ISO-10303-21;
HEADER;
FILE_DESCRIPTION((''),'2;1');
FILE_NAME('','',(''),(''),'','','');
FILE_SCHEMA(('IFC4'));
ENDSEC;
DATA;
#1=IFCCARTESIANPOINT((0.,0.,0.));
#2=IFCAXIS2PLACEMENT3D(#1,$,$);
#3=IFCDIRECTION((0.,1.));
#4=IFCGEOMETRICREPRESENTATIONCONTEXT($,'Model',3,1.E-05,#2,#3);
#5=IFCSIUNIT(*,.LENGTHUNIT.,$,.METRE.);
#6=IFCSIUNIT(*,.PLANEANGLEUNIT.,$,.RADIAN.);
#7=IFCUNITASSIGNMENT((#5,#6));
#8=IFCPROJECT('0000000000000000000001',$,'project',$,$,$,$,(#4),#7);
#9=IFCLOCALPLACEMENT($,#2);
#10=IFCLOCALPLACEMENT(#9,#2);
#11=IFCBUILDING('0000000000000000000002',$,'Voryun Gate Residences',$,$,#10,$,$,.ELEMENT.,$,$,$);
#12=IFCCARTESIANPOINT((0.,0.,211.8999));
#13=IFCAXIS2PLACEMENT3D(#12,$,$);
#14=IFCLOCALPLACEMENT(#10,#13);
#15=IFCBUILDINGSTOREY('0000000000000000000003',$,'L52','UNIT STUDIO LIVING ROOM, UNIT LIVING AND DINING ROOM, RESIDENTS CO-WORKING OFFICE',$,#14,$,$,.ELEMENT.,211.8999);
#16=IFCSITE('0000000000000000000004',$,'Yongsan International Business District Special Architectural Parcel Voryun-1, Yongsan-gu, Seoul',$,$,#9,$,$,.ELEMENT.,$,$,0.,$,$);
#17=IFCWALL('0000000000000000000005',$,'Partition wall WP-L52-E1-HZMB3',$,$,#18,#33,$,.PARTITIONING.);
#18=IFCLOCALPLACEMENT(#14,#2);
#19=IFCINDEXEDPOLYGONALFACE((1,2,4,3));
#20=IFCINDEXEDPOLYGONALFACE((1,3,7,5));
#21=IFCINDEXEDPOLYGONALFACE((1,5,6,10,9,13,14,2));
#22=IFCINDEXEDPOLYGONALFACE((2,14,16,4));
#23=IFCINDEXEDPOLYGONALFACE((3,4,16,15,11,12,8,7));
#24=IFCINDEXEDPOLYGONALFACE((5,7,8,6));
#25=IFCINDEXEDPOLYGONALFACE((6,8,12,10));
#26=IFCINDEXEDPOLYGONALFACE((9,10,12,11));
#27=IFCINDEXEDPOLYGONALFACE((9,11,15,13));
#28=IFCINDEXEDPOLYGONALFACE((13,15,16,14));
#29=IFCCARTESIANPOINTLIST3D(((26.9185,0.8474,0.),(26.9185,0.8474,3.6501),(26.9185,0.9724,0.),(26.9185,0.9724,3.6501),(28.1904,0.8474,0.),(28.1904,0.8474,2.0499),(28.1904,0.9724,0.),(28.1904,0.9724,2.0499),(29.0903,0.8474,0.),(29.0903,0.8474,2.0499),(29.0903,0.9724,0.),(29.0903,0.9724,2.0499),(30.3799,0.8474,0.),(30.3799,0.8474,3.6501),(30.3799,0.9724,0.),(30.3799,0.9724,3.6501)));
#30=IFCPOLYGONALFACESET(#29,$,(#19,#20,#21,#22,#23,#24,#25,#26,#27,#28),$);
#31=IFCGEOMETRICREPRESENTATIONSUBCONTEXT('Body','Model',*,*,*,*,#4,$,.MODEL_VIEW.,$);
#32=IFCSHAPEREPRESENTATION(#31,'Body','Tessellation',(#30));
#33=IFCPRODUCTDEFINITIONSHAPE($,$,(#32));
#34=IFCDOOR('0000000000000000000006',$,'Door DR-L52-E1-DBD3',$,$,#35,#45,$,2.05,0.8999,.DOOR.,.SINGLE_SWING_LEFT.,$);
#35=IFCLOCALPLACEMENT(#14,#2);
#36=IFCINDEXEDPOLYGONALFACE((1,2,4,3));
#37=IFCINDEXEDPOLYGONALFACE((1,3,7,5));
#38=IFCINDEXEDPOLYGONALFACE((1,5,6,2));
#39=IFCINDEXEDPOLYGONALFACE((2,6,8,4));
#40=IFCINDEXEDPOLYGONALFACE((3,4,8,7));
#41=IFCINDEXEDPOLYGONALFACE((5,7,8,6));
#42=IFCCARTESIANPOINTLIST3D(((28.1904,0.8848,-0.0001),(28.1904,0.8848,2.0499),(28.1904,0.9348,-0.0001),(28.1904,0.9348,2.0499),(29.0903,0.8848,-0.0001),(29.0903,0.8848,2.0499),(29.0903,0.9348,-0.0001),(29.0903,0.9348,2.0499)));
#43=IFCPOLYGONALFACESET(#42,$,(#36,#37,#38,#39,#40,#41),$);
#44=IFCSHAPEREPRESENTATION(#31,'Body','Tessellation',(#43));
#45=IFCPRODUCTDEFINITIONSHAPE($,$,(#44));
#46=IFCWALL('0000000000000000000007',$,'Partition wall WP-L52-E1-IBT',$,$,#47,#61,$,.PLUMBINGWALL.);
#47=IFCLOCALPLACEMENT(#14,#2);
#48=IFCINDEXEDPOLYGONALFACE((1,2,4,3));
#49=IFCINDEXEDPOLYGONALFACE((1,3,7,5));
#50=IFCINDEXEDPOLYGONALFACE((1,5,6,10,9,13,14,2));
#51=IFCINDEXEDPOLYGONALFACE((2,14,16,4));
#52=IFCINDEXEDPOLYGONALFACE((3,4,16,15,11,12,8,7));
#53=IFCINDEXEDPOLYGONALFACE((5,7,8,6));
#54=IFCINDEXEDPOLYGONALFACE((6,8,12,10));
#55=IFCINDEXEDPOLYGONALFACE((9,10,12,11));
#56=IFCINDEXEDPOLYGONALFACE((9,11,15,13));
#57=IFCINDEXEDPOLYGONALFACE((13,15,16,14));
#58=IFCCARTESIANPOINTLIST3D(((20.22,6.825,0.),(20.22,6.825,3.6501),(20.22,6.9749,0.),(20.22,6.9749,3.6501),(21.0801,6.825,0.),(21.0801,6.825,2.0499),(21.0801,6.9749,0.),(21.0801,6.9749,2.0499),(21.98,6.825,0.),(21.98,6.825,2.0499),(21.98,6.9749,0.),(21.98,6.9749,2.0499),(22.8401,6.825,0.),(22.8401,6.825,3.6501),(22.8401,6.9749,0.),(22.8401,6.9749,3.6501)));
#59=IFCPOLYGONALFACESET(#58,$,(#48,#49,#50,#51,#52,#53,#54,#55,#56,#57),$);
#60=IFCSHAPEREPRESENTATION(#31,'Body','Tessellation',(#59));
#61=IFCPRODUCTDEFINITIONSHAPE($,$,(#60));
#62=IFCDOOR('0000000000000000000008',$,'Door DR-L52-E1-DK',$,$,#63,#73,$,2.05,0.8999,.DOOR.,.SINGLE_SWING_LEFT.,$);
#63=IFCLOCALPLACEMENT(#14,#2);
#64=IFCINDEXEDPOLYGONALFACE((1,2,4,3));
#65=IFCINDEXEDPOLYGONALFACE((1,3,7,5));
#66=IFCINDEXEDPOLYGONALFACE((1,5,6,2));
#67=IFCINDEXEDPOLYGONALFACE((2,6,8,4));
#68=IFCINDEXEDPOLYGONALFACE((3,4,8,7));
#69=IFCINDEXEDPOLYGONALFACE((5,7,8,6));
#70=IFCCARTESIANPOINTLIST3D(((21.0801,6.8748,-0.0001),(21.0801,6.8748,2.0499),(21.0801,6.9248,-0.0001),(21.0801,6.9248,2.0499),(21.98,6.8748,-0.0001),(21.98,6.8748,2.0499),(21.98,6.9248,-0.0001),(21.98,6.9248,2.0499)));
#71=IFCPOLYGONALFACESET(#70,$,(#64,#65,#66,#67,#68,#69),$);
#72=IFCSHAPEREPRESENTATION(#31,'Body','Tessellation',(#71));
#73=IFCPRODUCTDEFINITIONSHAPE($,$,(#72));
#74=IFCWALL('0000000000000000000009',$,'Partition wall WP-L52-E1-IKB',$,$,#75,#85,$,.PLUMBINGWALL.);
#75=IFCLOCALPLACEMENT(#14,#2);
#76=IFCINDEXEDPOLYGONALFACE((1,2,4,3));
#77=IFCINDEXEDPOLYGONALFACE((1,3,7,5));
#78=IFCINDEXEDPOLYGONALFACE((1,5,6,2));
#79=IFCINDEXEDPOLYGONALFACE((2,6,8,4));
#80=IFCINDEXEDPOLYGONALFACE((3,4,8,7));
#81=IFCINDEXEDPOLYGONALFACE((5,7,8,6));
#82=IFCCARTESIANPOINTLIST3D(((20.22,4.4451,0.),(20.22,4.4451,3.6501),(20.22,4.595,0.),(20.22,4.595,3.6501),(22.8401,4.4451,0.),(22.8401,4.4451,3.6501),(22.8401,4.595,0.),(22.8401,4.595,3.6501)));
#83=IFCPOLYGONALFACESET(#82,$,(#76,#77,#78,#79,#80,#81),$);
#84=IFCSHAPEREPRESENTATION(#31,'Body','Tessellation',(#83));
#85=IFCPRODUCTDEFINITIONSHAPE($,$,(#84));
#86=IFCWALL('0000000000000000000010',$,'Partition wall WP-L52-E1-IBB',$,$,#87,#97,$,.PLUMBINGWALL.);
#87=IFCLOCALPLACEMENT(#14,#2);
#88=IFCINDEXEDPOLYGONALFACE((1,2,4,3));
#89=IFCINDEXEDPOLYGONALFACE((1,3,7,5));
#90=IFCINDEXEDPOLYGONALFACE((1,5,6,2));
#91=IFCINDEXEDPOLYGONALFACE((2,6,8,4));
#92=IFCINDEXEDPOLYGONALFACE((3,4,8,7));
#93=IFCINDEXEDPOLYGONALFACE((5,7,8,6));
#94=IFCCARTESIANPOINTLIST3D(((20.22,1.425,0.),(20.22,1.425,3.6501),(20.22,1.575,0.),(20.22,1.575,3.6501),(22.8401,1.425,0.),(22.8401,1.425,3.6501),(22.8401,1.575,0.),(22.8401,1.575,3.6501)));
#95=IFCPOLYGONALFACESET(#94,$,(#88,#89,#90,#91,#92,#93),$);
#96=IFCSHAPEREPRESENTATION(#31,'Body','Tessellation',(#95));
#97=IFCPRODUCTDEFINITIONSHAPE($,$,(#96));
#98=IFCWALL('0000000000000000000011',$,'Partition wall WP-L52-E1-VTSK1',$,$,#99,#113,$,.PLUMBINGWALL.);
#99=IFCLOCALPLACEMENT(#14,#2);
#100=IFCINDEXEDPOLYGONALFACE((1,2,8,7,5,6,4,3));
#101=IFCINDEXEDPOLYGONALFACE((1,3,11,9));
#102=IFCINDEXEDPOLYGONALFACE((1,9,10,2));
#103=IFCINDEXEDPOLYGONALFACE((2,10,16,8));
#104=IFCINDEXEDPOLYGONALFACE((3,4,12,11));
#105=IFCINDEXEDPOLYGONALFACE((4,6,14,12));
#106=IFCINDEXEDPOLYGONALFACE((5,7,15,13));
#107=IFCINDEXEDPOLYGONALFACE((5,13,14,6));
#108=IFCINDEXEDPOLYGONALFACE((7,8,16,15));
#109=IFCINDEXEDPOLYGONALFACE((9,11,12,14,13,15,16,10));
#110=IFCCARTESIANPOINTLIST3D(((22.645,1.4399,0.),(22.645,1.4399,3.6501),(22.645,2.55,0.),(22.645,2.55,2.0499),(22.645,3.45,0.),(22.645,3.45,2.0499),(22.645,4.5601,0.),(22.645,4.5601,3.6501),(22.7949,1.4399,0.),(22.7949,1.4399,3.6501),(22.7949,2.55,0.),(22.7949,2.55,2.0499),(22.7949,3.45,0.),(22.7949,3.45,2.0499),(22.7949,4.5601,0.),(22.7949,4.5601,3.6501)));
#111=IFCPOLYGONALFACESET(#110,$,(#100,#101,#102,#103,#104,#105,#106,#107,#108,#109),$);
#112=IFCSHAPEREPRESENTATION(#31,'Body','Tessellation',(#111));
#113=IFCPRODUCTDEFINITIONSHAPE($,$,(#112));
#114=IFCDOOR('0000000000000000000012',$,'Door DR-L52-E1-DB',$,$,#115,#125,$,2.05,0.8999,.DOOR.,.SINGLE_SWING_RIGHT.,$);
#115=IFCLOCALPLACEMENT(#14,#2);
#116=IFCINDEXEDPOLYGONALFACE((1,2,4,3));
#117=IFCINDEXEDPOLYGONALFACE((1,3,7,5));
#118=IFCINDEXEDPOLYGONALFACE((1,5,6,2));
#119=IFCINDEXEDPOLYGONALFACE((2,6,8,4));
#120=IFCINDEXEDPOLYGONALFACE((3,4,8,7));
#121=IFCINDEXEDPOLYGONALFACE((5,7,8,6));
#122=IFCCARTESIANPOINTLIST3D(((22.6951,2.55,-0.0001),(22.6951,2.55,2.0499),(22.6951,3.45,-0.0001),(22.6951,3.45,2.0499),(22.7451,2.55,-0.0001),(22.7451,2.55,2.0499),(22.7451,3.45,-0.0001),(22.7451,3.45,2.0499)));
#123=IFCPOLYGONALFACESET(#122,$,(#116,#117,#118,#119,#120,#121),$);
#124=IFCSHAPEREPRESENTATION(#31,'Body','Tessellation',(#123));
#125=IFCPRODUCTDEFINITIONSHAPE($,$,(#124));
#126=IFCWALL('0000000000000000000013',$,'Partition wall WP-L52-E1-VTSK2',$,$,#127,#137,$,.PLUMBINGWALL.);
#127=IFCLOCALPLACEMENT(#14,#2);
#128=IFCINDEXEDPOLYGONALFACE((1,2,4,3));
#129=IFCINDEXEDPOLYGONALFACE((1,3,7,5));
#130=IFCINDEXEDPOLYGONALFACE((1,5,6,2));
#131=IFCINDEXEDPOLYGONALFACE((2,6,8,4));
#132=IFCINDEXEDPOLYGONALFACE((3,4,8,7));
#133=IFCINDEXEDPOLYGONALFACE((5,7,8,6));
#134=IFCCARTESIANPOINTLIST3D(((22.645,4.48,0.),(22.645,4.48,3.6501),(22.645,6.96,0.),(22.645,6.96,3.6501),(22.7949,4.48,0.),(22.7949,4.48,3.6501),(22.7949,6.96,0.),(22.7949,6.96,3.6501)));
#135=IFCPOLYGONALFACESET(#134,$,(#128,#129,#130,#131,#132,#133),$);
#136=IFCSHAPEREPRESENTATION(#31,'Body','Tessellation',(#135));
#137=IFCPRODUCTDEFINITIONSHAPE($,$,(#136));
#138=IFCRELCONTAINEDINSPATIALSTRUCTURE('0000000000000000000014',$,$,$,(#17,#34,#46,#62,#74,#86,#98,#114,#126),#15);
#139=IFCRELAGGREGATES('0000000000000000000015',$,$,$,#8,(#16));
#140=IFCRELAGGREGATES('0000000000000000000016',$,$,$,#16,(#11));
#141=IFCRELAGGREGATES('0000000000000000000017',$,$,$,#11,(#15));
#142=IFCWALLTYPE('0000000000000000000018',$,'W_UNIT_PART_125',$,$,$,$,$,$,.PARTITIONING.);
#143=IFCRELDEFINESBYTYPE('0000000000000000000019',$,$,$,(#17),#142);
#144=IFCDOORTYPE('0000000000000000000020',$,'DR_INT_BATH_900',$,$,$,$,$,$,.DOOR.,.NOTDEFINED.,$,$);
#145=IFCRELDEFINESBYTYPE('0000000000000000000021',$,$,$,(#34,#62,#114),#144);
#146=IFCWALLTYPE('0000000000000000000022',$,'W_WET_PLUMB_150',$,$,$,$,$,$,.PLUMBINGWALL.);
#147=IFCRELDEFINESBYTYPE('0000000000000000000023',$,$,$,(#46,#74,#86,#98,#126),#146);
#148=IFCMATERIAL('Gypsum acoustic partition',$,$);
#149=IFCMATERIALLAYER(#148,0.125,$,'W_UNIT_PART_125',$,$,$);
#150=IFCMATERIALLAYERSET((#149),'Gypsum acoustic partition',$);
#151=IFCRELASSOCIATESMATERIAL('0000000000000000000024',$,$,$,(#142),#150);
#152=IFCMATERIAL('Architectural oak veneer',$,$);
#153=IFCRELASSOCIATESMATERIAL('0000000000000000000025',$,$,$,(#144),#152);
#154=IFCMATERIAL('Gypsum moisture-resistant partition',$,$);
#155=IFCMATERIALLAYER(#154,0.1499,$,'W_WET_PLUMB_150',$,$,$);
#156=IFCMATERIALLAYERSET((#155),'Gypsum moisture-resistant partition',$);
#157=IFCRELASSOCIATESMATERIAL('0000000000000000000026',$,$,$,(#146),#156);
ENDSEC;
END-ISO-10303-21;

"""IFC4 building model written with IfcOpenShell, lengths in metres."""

from ifc_helpers import new_model, si_unit, direction, frame, frame_2d, origin, place, context, subcontext, project, spatial, rectangle, extrude, material, layer, layer_set, type_object, element, fill, save


model = new_model("IFC4")

# Units and contexts
model_context = context("Model", 3, precision=1e-05, world=origin(), true_north=direction((0.0, 1.0)))
body_context = subcontext(model_context, "Body", "Model", "MODEL_VIEW")
ifc_project = project(units=[si_unit("LENGTHUNIT", "METRE"), si_unit("PLANEANGLEUNIT", "RADIAN")], contexts=[model_context])

# Site, building, storey
site_placement = place(None, origin())
site = spatial("IfcSite", under=ifc_project, at=site_placement, Name="Yongsan International Business District Special Architectural Parcel Voryun-1, Yongsan-gu, Seoul", CompositionType="ELEMENT", RefElevation=0.0)
building_placement = place(site_placement, origin())
building = spatial("IfcBuilding", under=site, at=building_placement, Name="Voryun Gate Residences", CompositionType="ELEMENT")
storey_placement = place(building_placement, frame((0.0, 0.0, 211.8999)))
storey = spatial("IfcBuildingStorey", under=building, at=storey_placement, Name="L52", Description="UNIT STUDIO LIVING ROOM, UNIT LIVING AND DINING ROOM, RESIDENTS CO-WORKING OFFICE", CompositionType="ELEMENT", Elevation=211.8999)

# Walls, openings, doors
ifc_material_1 = material(Name="Gypsum acoustic partition")
ifc_layer_1 = layer(ifc_material_1, 0.125, Name="W_UNIT_PART_125")
ifc_layer_set_1 = layer_set([ifc_layer_1], Name="Gypsum acoustic partition")
wall_type_1 = type_object("IfcWallType", Name="W_UNIT_PART_125", PredefinedType="PARTITIONING", material=ifc_layer_set_1)
ifc_material_2 = material(Name="Architectural oak veneer")
door_type_1 = type_object("IfcDoorType", Name="DR_INT_BATH_900", OperationType="NOTDEFINED", PredefinedType="DOOR", material=ifc_material_2)
wall_1_placement = place(storey_placement, frame((26.9185, 0.9099, 0.0), z_axis=(0.0, 0.0, 1.0), x_axis=(1.0, 0.0, 0.0)))
wall_1 = element("IfcWall", 1, at=wall_1_placement, inside=storey, type_object=wall_type_1, Name="Partition wall WP-L52-E1-HZMB3", PredefinedType="PARTITIONING", context=body_context, shape_type="SweptSolid", body=[
    extrude(rectangle(XDim=3.4614, YDim=0.125, at=frame_2d((1.7307, 0.0))), origin(), (0.0, 0.0, 1.0), 3.6501),
])
opening_1_placement = place(wall_1_placement, frame((1.272, 0.0, 0.0)))
opening_1 = element("IfcOpeningElement", 2, at=opening_1_placement, cuts=wall_1, PredefinedType="OPENING", context=body_context, shape_type="SweptSolid", body=[
    extrude(rectangle(XDim=0.8999, YDim=2.05, at=frame_2d((0.45, 1.0249))), frame((0.0, 0.0725, 0.0), z_axis=(0.0, -1.0, 0.0), x_axis=(1.0, 0.0, 0.0)), (0.0, 0.0, 1.0), 0.145),
])
door_1_placement = place(opening_1_placement, origin())
door_1 = element("IfcDoor", 3, at=door_1_placement, inside=storey, type_object=door_type_1, Name="Door DR-L52-E1-DBD3", OperationType="SINGLE_SWING_LEFT", OverallHeight=2.05, OverallWidth=0.8999, PredefinedType="DOOR", context=body_context, shape_type="SweptSolid", body=[
    extrude(rectangle(XDim=0.8999, YDim=2.05, at=frame_2d((0.45, 1.0249))), frame((0.0, 0.0249, 0.0), z_axis=(0.0, -1.0, 0.0), x_axis=(1.0, 0.0, 0.0)), (0.0, 0.0, 1.0), 0.05),
])
fill(opening_1, door_1)
ifc_material_3 = material(Name="Gypsum moisture-resistant partition")
ifc_layer_2 = layer(ifc_material_3, 0.1499, Name="W_WET_PLUMB_150")
ifc_layer_set_2 = layer_set([ifc_layer_2], Name="Gypsum moisture-resistant partition")
wall_type_2 = type_object("IfcWallType", Name="W_WET_PLUMB_150", PredefinedType="PLUMBINGWALL", material=ifc_layer_set_2)
wall_2_placement = place(storey_placement, frame((20.22, 6.8999, 0.0), z_axis=(0.0, 0.0, 1.0), x_axis=(1.0, 0.0, 0.0)))
wall_2 = element("IfcWall", 4, at=wall_2_placement, inside=storey, type_object=wall_type_2, Name="Partition wall WP-L52-E1-IBT", PredefinedType="PLUMBINGWALL", context=body_context, shape_type="SweptSolid", body=[
    extrude(rectangle(XDim=2.6201, YDim=0.1499, at=frame_2d((1.3101, 0.0))), origin(), (0.0, 0.0, 1.0), 3.6501),
])
opening_2_placement = place(wall_2_placement, frame((0.8601, 0.0, 0.0)))
opening_2 = element("IfcOpeningElement", 5, at=opening_2_placement, cuts=wall_2, PredefinedType="OPENING", context=body_context, shape_type="SweptSolid", body=[
    extrude(rectangle(XDim=0.8999, YDim=2.05, at=frame_2d((0.45, 1.0249))), frame((0.0, 0.085, 0.0), z_axis=(0.0, -1.0, 0.0), x_axis=(1.0, 0.0, 0.0)), (0.0, 0.0, 1.0), 0.1699),
])
door_2_placement = place(opening_2_placement, origin())
door_2 = element("IfcDoor", 6, at=door_2_placement, inside=storey, type_object=door_type_1, Name="Door DR-L52-E1-DK", OperationType="SINGLE_SWING_LEFT", OverallHeight=2.05, OverallWidth=0.8999, PredefinedType="DOOR", context=body_context, shape_type="SweptSolid", body=[
    extrude(rectangle(XDim=0.8999, YDim=2.05, at=frame_2d((0.45, 1.0249))), frame((0.0, 0.0249, 0.0), z_axis=(0.0, -1.0, 0.0), x_axis=(1.0, 0.0, 0.0)), (0.0, 0.0, 1.0), 0.05),
])
fill(opening_2, door_2)

# Walls
for number, where, z_axis, x_axis, name in (
    (7, (20.22, 4.52, 0.0), (0.0, 0.0, 1.0), (1.0, 0.0, 0.0), "Partition wall WP-L52-E1-IKB"),
    (8, (20.22, 1.5, 0.0), (0.0, 0.0, 1.0), (1.0, 0.0, 0.0), "Partition wall WP-L52-E1-IBB"),
):
    element("IfcWall", number, at=place(storey_placement, frame(where, z_axis=z_axis, x_axis=x_axis)), inside=storey, type_object=wall_type_2, Name=name, PredefinedType="PLUMBINGWALL", context=body_context, shape_type="SweptSolid", body=[
        extrude(rectangle(XDim=2.6201, YDim=0.1499, at=frame_2d((1.3101, 0.0))), origin(), (0.0, 0.0, 1.0), 3.6501),
    ])

# Wall, opening, door
wall_3_placement = place(storey_placement, frame((22.72, 1.4399, 0.0), z_axis=(0.0, 0.0, 1.0), x_axis=(0.0, 1.0, 0.0)))
wall_3 = element("IfcWall", 9, at=wall_3_placement, inside=storey, type_object=wall_type_2, Name="Partition wall WP-L52-E1-VTSK1", PredefinedType="PLUMBINGWALL", context=body_context, shape_type="SweptSolid", body=[
    extrude(rectangle(XDim=3.1201, YDim=0.1499, at=frame_2d((1.5601, 0.0))), origin(), (0.0, 0.0, 1.0), 3.6501),
])
opening_3_placement = place(wall_3_placement, frame((1.1101, 0.0, 0.0)))
opening_3 = element("IfcOpeningElement", 10, at=opening_3_placement, cuts=wall_3, PredefinedType="OPENING", context=body_context, shape_type="SweptSolid", body=[
    extrude(rectangle(XDim=0.8999, YDim=2.05, at=frame_2d((0.45, 1.0249))), frame((0.0, 0.085, 0.0), z_axis=(0.0, -1.0, 0.0), x_axis=(1.0, 0.0, 0.0)), (0.0, 0.0, 1.0), 0.1699),
])
door_3_placement = place(opening_3_placement, origin())
door_3 = element("IfcDoor", 11, at=door_3_placement, inside=storey, type_object=door_type_1, Name="Door DR-L52-E1-DB", OperationType="SINGLE_SWING_RIGHT", OverallHeight=2.05, OverallWidth=0.8999, PredefinedType="DOOR", context=body_context, shape_type="SweptSolid", body=[
    extrude(rectangle(XDim=0.8999, YDim=2.05, at=frame_2d((0.45, 1.0249))), frame((0.0, 0.0249, 0.0), z_axis=(0.0, -1.0, 0.0), x_axis=(1.0, 0.0, 0.0)), (0.0, 0.0, 1.0), 0.05),
])
fill(opening_3, door_3)

# Wall
wall_4_placement = place(storey_placement, frame((22.72, 4.48, 0.0), z_axis=(0.0, 0.0, 1.0), x_axis=(0.0, 1.0, 0.0)))
element("IfcWall", 12, at=wall_4_placement, inside=storey, type_object=wall_type_2, Name="Partition wall WP-L52-E1-VTSK2", PredefinedType="PLUMBINGWALL", context=body_context, shape_type="SweptSolid", body=[
    extrude(rectangle(XDim=2.48, YDim=0.1499, at=frame_2d((1.24, 0.0))), origin(), (0.0, 0.0, 1.0), 3.6501),
])

save(model, "model.ifc")
